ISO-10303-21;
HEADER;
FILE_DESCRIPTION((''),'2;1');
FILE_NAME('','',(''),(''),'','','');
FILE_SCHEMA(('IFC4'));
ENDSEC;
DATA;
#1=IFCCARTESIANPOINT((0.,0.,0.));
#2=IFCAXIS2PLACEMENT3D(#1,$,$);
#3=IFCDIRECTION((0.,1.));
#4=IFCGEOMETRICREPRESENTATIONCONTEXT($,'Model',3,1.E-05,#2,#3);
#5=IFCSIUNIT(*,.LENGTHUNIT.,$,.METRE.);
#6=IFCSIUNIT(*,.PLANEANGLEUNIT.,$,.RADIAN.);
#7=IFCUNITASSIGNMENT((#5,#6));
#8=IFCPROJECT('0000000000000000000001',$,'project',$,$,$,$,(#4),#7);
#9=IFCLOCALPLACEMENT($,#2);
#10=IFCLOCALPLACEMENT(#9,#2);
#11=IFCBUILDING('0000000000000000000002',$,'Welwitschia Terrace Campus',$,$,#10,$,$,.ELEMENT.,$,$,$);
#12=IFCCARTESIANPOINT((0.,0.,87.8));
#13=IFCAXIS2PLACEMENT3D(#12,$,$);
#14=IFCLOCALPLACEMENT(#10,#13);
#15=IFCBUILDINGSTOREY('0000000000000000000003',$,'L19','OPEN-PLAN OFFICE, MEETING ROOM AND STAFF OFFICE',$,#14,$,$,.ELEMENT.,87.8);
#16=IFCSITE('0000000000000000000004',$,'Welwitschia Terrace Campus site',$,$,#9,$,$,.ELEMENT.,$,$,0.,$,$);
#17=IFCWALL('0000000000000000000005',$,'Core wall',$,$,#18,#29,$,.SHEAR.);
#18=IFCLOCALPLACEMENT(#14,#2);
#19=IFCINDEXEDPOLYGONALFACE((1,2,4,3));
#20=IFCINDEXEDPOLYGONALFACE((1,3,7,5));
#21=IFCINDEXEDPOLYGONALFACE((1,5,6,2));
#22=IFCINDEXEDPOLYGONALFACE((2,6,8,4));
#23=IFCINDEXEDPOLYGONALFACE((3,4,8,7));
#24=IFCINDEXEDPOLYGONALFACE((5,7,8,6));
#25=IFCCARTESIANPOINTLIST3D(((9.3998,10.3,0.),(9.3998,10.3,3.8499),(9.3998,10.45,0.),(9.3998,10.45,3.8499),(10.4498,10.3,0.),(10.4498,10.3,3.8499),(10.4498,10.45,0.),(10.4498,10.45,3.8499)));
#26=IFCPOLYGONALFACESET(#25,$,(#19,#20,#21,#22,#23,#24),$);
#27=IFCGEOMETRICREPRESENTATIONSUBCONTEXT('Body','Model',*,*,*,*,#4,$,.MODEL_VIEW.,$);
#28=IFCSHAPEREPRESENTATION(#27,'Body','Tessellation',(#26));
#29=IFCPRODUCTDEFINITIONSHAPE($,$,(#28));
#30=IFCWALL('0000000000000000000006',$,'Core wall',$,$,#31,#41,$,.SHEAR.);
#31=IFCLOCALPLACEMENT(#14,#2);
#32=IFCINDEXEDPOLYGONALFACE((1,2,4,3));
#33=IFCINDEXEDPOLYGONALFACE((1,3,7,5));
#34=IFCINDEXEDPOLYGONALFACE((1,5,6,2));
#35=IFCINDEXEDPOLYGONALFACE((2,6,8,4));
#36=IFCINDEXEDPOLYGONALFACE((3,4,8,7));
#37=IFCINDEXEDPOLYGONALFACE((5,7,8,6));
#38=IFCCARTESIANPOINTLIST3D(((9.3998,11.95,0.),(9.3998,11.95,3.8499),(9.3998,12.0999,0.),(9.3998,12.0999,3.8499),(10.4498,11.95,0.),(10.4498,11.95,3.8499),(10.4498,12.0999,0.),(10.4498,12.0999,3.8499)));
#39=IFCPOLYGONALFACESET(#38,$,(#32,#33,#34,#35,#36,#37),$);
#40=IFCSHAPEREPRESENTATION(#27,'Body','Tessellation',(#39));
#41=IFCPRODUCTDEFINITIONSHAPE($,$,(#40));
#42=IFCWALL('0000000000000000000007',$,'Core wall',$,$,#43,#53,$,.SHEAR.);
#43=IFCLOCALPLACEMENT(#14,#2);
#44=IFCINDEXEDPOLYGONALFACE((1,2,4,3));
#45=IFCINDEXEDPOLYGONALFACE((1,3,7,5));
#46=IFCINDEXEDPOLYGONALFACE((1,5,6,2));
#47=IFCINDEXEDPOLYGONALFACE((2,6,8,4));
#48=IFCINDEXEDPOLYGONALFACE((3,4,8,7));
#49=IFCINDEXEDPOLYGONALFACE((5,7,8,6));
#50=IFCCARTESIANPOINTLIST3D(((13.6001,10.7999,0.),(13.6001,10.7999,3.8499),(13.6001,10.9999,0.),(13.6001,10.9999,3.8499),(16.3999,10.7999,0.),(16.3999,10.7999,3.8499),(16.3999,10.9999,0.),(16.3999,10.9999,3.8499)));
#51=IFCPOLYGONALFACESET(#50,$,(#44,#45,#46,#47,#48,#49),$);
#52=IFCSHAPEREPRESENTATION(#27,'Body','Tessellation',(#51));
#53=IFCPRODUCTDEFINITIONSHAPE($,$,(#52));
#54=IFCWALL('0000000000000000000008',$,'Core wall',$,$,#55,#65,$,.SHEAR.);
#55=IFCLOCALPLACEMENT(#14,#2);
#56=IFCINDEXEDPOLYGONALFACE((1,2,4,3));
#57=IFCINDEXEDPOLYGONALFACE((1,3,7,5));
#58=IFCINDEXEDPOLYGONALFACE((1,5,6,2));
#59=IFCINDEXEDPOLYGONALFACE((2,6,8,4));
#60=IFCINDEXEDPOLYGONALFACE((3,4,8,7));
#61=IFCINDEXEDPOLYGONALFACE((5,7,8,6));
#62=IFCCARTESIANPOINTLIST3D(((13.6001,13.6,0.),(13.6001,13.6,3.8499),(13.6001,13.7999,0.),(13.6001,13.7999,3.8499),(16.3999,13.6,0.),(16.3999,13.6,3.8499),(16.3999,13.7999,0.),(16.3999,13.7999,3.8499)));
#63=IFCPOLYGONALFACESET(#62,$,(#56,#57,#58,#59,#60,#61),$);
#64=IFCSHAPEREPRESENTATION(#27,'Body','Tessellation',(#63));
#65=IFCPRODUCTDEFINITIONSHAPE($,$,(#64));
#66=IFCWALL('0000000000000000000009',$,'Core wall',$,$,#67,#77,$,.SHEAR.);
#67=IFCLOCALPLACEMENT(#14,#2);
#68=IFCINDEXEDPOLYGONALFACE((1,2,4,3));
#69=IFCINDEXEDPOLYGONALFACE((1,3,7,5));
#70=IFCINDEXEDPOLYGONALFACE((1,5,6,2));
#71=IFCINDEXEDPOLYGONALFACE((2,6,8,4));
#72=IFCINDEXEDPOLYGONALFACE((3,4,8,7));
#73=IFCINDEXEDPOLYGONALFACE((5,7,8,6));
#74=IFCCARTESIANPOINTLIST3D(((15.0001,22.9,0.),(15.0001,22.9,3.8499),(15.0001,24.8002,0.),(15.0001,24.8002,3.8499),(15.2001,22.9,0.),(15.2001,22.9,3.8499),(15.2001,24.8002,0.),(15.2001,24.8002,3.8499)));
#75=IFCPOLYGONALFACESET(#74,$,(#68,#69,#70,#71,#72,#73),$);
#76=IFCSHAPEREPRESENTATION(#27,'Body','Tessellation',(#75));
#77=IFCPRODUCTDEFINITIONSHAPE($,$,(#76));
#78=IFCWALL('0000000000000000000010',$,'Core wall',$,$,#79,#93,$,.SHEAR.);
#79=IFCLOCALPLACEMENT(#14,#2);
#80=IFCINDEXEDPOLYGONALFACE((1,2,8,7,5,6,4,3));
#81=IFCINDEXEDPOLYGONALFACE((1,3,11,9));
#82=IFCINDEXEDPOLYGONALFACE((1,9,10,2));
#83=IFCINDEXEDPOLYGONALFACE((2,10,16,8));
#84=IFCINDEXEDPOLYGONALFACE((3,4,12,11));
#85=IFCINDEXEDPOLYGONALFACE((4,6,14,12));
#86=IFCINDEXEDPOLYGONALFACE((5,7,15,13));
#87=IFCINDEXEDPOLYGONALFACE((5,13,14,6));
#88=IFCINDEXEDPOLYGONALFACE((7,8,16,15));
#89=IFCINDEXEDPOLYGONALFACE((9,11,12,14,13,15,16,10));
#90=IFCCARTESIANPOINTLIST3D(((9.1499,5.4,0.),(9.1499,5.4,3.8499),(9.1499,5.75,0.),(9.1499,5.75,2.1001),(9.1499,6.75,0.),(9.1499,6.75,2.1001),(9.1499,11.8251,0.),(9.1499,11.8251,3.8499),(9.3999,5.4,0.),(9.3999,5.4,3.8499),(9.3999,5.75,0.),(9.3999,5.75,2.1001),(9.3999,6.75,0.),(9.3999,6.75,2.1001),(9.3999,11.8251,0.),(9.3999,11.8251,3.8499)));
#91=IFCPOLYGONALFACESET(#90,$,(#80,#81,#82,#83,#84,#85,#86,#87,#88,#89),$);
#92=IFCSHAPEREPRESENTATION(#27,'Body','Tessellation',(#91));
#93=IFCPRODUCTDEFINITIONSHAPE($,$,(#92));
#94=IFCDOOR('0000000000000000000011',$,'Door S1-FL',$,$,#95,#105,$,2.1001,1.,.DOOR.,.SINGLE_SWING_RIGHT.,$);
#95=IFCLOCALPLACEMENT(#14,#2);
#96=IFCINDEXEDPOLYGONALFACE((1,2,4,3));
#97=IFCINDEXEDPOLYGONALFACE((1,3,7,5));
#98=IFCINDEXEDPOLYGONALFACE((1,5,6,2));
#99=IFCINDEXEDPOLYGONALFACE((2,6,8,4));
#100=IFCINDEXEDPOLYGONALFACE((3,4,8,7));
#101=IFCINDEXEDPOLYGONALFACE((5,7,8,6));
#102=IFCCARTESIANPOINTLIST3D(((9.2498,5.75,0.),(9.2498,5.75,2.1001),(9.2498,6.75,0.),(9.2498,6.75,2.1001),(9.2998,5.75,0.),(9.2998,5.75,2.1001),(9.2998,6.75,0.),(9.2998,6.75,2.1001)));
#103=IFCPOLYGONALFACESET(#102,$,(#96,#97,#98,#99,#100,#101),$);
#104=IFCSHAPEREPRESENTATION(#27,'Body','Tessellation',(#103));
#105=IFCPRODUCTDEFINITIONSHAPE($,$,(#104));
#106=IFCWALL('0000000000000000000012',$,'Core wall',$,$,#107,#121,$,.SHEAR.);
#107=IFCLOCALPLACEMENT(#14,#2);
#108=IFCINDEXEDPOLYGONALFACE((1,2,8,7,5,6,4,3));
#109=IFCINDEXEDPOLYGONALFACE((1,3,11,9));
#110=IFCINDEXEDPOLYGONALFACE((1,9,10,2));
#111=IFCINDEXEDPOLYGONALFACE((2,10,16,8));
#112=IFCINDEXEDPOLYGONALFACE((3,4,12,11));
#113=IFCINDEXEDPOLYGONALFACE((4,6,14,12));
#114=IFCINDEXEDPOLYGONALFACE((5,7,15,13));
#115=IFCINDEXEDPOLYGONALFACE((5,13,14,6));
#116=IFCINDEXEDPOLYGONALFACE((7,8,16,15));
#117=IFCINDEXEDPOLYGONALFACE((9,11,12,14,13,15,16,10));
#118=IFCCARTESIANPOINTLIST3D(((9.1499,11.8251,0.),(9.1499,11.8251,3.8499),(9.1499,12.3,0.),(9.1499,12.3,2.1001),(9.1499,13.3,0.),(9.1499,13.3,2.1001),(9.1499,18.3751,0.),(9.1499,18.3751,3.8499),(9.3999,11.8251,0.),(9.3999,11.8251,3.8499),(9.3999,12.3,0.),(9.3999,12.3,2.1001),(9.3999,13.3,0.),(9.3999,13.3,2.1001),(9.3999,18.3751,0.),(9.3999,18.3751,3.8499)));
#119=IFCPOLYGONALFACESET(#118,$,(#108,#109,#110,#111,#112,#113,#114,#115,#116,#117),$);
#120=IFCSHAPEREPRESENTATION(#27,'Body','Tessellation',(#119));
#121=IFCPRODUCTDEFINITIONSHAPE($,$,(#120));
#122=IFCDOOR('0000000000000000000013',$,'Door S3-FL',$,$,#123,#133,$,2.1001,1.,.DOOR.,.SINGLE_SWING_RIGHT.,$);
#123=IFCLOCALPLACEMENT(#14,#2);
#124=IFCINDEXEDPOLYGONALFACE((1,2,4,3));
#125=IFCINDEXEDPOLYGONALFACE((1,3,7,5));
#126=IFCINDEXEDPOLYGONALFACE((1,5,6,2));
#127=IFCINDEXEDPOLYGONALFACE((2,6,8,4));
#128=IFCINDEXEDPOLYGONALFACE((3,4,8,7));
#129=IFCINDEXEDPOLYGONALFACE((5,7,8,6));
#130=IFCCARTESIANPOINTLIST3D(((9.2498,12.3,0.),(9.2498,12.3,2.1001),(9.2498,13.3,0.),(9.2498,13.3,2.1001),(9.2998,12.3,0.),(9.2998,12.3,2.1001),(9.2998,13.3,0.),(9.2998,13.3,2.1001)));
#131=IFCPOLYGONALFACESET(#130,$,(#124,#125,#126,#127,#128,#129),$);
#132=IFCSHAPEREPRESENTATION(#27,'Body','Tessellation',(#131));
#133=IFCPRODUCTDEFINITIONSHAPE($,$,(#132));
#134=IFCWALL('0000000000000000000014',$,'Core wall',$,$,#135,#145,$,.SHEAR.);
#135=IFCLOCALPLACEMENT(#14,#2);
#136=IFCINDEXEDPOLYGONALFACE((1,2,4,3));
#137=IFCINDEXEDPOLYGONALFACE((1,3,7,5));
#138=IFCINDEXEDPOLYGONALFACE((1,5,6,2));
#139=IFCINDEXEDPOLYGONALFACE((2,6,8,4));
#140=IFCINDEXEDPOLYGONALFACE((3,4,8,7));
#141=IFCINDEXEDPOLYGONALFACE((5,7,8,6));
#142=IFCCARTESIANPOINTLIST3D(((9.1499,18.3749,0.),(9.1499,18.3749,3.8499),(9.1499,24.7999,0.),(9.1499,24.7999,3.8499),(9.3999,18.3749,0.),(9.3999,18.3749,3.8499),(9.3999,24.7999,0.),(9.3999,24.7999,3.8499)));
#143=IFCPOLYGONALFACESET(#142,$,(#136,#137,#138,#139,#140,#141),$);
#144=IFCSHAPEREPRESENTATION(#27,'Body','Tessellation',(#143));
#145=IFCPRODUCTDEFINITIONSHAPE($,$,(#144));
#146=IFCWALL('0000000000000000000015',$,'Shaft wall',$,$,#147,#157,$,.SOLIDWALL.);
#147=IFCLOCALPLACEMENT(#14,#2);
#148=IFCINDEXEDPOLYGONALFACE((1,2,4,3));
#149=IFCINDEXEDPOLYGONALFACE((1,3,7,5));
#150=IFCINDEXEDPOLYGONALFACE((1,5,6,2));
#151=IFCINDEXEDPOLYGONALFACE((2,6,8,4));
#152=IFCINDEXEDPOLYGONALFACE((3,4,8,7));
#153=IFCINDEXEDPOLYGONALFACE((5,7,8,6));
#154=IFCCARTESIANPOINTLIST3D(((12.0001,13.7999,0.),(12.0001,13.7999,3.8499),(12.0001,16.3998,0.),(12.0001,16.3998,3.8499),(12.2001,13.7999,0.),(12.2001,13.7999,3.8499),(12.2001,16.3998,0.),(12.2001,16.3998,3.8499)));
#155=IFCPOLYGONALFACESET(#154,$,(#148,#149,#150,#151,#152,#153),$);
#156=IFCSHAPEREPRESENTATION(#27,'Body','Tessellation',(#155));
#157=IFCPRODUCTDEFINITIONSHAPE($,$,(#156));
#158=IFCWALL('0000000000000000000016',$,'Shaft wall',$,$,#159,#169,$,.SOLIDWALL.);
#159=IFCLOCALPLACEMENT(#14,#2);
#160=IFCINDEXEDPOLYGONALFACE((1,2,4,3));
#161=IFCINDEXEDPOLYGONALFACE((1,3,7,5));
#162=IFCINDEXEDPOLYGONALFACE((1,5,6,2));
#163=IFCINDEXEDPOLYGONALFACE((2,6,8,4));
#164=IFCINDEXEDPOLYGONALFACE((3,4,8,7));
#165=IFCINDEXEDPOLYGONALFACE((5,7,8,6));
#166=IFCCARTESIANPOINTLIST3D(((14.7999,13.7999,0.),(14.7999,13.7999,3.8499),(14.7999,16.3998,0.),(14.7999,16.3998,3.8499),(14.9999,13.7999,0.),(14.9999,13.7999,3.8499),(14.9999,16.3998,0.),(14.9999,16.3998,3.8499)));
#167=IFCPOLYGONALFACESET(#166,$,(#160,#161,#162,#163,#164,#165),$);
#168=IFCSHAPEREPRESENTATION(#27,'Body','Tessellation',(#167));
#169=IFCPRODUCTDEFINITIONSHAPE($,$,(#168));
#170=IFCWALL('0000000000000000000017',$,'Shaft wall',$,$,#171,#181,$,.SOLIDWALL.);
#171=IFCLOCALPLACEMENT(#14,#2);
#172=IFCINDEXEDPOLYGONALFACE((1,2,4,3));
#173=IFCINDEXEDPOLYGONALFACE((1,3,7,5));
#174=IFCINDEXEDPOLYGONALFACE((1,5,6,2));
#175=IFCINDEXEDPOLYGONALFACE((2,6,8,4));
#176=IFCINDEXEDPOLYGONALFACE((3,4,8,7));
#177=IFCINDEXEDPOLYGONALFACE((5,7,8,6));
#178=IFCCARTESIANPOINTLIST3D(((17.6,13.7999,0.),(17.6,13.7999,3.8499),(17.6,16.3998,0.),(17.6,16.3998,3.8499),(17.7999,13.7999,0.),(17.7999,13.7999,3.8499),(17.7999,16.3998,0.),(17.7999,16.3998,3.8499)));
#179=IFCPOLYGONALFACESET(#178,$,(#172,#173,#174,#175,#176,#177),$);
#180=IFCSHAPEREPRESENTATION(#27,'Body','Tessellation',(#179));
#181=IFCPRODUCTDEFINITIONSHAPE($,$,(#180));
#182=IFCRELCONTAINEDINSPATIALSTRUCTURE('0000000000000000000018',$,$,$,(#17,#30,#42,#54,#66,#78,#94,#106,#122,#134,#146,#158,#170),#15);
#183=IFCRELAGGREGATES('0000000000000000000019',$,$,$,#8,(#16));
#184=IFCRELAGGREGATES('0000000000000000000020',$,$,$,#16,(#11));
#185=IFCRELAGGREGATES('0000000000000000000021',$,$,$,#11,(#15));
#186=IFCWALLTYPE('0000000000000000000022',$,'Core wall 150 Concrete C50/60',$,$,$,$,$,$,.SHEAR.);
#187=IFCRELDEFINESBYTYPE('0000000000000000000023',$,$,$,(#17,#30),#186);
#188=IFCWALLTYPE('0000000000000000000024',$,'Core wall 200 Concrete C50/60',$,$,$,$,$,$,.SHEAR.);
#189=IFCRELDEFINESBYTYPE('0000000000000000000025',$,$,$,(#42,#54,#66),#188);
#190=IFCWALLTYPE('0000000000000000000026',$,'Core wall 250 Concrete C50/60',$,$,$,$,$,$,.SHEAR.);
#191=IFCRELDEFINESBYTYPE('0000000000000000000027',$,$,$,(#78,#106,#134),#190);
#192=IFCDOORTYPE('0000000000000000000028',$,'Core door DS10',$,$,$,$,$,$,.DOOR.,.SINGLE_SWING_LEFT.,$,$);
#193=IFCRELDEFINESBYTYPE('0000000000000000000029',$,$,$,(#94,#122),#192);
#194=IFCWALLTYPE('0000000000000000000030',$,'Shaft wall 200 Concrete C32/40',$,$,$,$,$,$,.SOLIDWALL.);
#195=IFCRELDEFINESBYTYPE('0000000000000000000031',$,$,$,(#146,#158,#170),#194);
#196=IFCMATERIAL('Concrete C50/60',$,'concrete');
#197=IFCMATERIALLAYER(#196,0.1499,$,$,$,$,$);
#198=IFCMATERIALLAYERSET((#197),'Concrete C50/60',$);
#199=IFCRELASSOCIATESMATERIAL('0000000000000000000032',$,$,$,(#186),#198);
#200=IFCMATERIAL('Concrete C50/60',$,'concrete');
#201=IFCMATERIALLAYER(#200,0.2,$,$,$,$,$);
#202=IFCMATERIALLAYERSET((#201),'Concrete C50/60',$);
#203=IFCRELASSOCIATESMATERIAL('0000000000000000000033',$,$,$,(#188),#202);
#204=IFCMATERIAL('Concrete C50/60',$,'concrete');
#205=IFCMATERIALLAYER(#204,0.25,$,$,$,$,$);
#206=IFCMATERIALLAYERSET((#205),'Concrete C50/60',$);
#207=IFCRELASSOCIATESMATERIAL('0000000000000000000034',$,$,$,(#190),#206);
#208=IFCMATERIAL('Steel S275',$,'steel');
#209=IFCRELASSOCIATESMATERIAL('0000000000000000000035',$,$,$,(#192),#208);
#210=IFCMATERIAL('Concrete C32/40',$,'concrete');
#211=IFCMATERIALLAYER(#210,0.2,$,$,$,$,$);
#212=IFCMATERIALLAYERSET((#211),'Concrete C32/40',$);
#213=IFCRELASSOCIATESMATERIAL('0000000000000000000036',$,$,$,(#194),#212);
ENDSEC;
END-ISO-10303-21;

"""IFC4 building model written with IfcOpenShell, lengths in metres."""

from ifc_helpers import new_model, si_unit, direction, frame, frame_2d, origin, place, context, subcontext, project, spatial, rectangle, extrude, material, layer, layer_set, type_object, element, fill, save


model = new_model("IFC4")

# Units and contexts
model_context = context("Model", 3, precision=1e-05, world=origin(), true_north=direction((0.0, 1.0)))
body_context = subcontext(model_context, "Body", "Model", "MODEL_VIEW")
ifc_project = project(units=[si_unit("LENGTHUNIT", "METRE"), si_unit("PLANEANGLEUNIT", "RADIAN")], contexts=[model_context])

# Site, building, storey
site_placement = place(None, origin())
site = spatial("IfcSite", under=ifc_project, at=site_placement, Name="Welwitschia Terrace Campus site", CompositionType="ELEMENT", RefElevation=0.0)
building_placement = place(site_placement, origin())
building = spatial("IfcBuilding", under=site, at=building_placement, Name="Welwitschia Terrace Campus", CompositionType="ELEMENT")
storey_placement = place(building_placement, frame((0.0, 0.0, 87.8)))
storey = spatial("IfcBuildingStorey", under=building, at=storey_placement, Name="L19", Description="OPEN-PLAN OFFICE, MEETING ROOM AND STAFF OFFICE", CompositionType="ELEMENT", Elevation=87.8)

# Walls
ifc_material_1 = material(Name="Concrete C50/60", Category="concrete")
ifc_layer_1 = layer(ifc_material_1, 0.1499)
ifc_layer_set_1 = layer_set([ifc_layer_1], Name="Concrete C50/60")
wall_type_1 = type_object("IfcWallType", Name="Core wall 150 Concrete C50/60", PredefinedType="SHEAR", material=ifc_layer_set_1)
for number, where, z_axis, x_axis, name in (
    (1, (9.3999, 10.375, 0.0), (0.0, 0.0, 1.0), (1.0, 0.0, 0.0), "Core wall"),
    (2, (9.3999, 12.0249, 0.0), (0.0, 0.0, 1.0), (1.0, 0.0, 0.0), "Core wall"),
):
    element("IfcWall", number, at=place(storey_placement, frame(where, z_axis=z_axis, x_axis=x_axis)), inside=storey, type_object=wall_type_1, Name=name, PredefinedType="SHEAR", context=body_context, shape_type="SweptSolid", body=[
        extrude(rectangle(XDim=1.05, YDim=0.1499, at=frame_2d((0.5249, 0.0))), origin(), (0.0, 0.0, 1.0), 3.8499),
    ])
ifc_material_2 = material(Name="Concrete C50/60", Category="concrete")
ifc_layer_2 = layer(ifc_material_2, 0.2)
ifc_layer_set_2 = layer_set([ifc_layer_2], Name="Concrete C50/60")
wall_type_2 = type_object("IfcWallType", Name="Core wall 200 Concrete C50/60", PredefinedType="SHEAR", material=ifc_layer_set_2)
for number, where, z_axis, x_axis, name in (
    (3, (13.6001, 10.8999, 0.0), (0.0, 0.0, 1.0), (1.0, 0.0, 0.0), "Core wall"),
    (4, (13.6001, 13.7, 0.0), (0.0, 0.0, 1.0), (1.0, 0.0, 0.0), "Core wall"),
):
    element("IfcWall", number, at=place(storey_placement, frame(where, z_axis=z_axis, x_axis=x_axis)), inside=storey, type_object=wall_type_2, Name=name, PredefinedType="SHEAR", context=body_context, shape_type="SweptSolid", body=[
        extrude(rectangle(XDim=2.7998, YDim=0.2, at=frame_2d((1.3999, 0.0))), origin(), (0.0, 0.0, 1.0), 3.8499),
    ])
wall_1_placement = place(storey_placement, frame((15.1001, 22.8999, 0.0), z_axis=(0.0, 0.0, 1.0), x_axis=(0.0, 1.0, 0.0)))
element("IfcWall", 5, at=wall_1_placement, inside=storey, type_object=wall_type_2, Name="Core wall", PredefinedType="SHEAR", context=body_context, shape_type="SweptSolid", body=[
    extrude(rectangle(XDim=1.9001, YDim=0.2, at=frame_2d((0.9502, 0.0))), origin(), (0.0, 0.0, 1.0), 3.8499),
])

# Walls, openings, doors
ifc_material_3 = material(Name="Concrete C50/60", Category="concrete")
ifc_layer_3 = layer(ifc_material_3, 0.25)
ifc_layer_set_3 = layer_set([ifc_layer_3], Name="Concrete C50/60")
wall_type_3 = type_object("IfcWallType", Name="Core wall 250 Concrete C50/60", PredefinedType="SHEAR", material=ifc_layer_set_3)
wall_2_placement = place(storey_placement, frame((9.2749, 11.825, 0.0), z_axis=(0.0, 0.0, 1.0), x_axis=(0.0, -1.0, 0.0)))
wall_2 = element("IfcWall", 6, at=wall_2_placement, inside=storey, type_object=wall_type_3, Name="Core wall", PredefinedType="SHEAR", context=body_context, shape_type="SweptSolid", body=[
    extrude(rectangle(XDim=6.425, YDim=0.25, at=frame_2d((3.2124, 0.0))), origin(), (0.0, 0.0, 1.0), 3.8499),
])
opening_1_placement = place(wall_2_placement, frame((5.075, 0.0, 0.0)))
opening_1 = element("IfcOpeningElement", 7, at=opening_1_placement, cuts=wall_2, PredefinedType="OPENING", context=body_context, shape_type="SweptSolid", body=[
    extrude(rectangle(XDim=1.0, YDim=2.1001, at=frame_2d((0.5, 1.05))), frame((0.0, 0.135, 0.0), z_axis=(0.0, -1.0, 0.0), x_axis=(1.0, 0.0, 0.0)), (0.0, 0.0, 1.0), 0.27),
])
ifc_material_4 = material(Name="Steel S275", Category="steel")
door_type_1 = type_object("IfcDoorType", Name="Core door DS10", OperationType="SINGLE_SWING_LEFT", PredefinedType="DOOR", material=ifc_material_4)
door_1_placement = place(opening_1_placement, origin())
door_1 = element("IfcDoor", 8, at=door_1_placement, inside=storey, type_object=door_type_1, Name="Door S1-FL", OperationType="SINGLE_SWING_RIGHT", OverallHeight=2.1001, OverallWidth=1.0, PredefinedType="DOOR", context=body_context, shape_type="SweptSolid", body=[
    extrude(rectangle(XDim=1.0, YDim=2.1001, at=frame_2d((0.5, 1.05))), frame((0.0, 0.0249, 0.0), z_axis=(0.0, -1.0, 0.0), x_axis=(1.0, 0.0, 0.0)), (0.0, 0.0, 1.0), 0.05),
])
fill(opening_1, door_1)
wall_3_placement = place(storey_placement, frame((9.2749, 18.375, 0.0), z_axis=(0.0, 0.0, 1.0), x_axis=(0.0, -1.0, 0.0)))
wall_3 = element("IfcWall", 9, at=wall_3_placement, inside=storey, type_object=wall_type_3, Name="Core wall", PredefinedType="SHEAR", context=body_context, shape_type="SweptSolid", body=[
    extrude(rectangle(XDim=6.55, YDim=0.25, at=frame_2d((3.2749, 0.0))), origin(), (0.0, 0.0, 1.0), 3.8499),
])
opening_2_placement = place(wall_3_placement, frame((5.075, 0.0, 0.0)))
opening_2 = element("IfcOpeningElement", 10, at=opening_2_placement, cuts=wall_3, PredefinedType="OPENING", context=body_context, shape_type="SweptSolid", body=[
    extrude(rectangle(XDim=1.0, YDim=2.1001, at=frame_2d((0.5, 1.05))), frame((0.0, 0.135, 0.0), z_axis=(0.0, -1.0, 0.0), x_axis=(1.0, 0.0, 0.0)), (0.0, 0.0, 1.0), 0.27),
])
door_2_placement = place(opening_2_placement, origin())
door_2 = element("IfcDoor", 11, at=door_2_placement, inside=storey, type_object=door_type_1, Name="Door S3-FL", OperationType="SINGLE_SWING_RIGHT", OverallHeight=2.1001, OverallWidth=1.0, PredefinedType="DOOR", context=body_context, shape_type="SweptSolid", body=[
    extrude(rectangle(XDim=1.0, YDim=2.1001, at=frame_2d((0.5, 1.05))), frame((0.0, 0.0249, 0.0), z_axis=(0.0, -1.0, 0.0), x_axis=(1.0, 0.0, 0.0)), (0.0, 0.0, 1.0), 0.05),
])
fill(opening_2, door_2)

# Walls
wall_4_placement = place(storey_placement, frame((9.2749, 18.375, 0.0), z_axis=(0.0, 0.0, 1.0), x_axis=(0.0, 1.0, 0.0)))
element("IfcWall", 12, at=wall_4_placement, inside=storey, type_object=wall_type_3, Name="Core wall", PredefinedType="SHEAR", context=body_context, shape_type="SweptSolid", body=[
    extrude(rectangle(XDim=6.425, YDim=0.25, at=frame_2d((3.2124, 0.0))), origin(), (0.0, 0.0, 1.0), 3.8499),
])
ifc_material_5 = material(Name="Concrete C32/40", Category="concrete")
ifc_layer_4 = layer(ifc_material_5, 0.2)
ifc_layer_set_4 = layer_set([ifc_layer_4], Name="Concrete C32/40")
wall_type_4 = type_object("IfcWallType", Name="Shaft wall 200 Concrete C32/40", PredefinedType="SOLIDWALL", material=ifc_layer_set_4)
for number, where, z_axis, x_axis, name in (
    (13, (12.1001, 13.8, 0.0), (0.0, 0.0, 1.0), (0.0, 1.0, 0.0), "Shaft wall"),
    (14, (14.8999, 13.8, 0.0), (0.0, 0.0, 1.0), (0.0, 1.0, 0.0), "Shaft wall"),
    (15, (17.7, 13.8, 0.0), (0.0, 0.0, 1.0), (0.0, 1.0, 0.0), "Shaft wall"),
):
    element("IfcWall", number, at=place(storey_placement, frame(where, z_axis=z_axis, x_axis=x_axis)), inside=storey, type_object=wall_type_4, Name=name, PredefinedType="SOLIDWALL", context=body_context, shape_type="SweptSolid", body=[
        extrude(rectangle(XDim=2.5999, YDim=0.2, at=frame_2d((1.2998, 0.0))), origin(), (0.0, 0.0, 1.0), 3.8499),
    ])

save(model, "model.ifc")
